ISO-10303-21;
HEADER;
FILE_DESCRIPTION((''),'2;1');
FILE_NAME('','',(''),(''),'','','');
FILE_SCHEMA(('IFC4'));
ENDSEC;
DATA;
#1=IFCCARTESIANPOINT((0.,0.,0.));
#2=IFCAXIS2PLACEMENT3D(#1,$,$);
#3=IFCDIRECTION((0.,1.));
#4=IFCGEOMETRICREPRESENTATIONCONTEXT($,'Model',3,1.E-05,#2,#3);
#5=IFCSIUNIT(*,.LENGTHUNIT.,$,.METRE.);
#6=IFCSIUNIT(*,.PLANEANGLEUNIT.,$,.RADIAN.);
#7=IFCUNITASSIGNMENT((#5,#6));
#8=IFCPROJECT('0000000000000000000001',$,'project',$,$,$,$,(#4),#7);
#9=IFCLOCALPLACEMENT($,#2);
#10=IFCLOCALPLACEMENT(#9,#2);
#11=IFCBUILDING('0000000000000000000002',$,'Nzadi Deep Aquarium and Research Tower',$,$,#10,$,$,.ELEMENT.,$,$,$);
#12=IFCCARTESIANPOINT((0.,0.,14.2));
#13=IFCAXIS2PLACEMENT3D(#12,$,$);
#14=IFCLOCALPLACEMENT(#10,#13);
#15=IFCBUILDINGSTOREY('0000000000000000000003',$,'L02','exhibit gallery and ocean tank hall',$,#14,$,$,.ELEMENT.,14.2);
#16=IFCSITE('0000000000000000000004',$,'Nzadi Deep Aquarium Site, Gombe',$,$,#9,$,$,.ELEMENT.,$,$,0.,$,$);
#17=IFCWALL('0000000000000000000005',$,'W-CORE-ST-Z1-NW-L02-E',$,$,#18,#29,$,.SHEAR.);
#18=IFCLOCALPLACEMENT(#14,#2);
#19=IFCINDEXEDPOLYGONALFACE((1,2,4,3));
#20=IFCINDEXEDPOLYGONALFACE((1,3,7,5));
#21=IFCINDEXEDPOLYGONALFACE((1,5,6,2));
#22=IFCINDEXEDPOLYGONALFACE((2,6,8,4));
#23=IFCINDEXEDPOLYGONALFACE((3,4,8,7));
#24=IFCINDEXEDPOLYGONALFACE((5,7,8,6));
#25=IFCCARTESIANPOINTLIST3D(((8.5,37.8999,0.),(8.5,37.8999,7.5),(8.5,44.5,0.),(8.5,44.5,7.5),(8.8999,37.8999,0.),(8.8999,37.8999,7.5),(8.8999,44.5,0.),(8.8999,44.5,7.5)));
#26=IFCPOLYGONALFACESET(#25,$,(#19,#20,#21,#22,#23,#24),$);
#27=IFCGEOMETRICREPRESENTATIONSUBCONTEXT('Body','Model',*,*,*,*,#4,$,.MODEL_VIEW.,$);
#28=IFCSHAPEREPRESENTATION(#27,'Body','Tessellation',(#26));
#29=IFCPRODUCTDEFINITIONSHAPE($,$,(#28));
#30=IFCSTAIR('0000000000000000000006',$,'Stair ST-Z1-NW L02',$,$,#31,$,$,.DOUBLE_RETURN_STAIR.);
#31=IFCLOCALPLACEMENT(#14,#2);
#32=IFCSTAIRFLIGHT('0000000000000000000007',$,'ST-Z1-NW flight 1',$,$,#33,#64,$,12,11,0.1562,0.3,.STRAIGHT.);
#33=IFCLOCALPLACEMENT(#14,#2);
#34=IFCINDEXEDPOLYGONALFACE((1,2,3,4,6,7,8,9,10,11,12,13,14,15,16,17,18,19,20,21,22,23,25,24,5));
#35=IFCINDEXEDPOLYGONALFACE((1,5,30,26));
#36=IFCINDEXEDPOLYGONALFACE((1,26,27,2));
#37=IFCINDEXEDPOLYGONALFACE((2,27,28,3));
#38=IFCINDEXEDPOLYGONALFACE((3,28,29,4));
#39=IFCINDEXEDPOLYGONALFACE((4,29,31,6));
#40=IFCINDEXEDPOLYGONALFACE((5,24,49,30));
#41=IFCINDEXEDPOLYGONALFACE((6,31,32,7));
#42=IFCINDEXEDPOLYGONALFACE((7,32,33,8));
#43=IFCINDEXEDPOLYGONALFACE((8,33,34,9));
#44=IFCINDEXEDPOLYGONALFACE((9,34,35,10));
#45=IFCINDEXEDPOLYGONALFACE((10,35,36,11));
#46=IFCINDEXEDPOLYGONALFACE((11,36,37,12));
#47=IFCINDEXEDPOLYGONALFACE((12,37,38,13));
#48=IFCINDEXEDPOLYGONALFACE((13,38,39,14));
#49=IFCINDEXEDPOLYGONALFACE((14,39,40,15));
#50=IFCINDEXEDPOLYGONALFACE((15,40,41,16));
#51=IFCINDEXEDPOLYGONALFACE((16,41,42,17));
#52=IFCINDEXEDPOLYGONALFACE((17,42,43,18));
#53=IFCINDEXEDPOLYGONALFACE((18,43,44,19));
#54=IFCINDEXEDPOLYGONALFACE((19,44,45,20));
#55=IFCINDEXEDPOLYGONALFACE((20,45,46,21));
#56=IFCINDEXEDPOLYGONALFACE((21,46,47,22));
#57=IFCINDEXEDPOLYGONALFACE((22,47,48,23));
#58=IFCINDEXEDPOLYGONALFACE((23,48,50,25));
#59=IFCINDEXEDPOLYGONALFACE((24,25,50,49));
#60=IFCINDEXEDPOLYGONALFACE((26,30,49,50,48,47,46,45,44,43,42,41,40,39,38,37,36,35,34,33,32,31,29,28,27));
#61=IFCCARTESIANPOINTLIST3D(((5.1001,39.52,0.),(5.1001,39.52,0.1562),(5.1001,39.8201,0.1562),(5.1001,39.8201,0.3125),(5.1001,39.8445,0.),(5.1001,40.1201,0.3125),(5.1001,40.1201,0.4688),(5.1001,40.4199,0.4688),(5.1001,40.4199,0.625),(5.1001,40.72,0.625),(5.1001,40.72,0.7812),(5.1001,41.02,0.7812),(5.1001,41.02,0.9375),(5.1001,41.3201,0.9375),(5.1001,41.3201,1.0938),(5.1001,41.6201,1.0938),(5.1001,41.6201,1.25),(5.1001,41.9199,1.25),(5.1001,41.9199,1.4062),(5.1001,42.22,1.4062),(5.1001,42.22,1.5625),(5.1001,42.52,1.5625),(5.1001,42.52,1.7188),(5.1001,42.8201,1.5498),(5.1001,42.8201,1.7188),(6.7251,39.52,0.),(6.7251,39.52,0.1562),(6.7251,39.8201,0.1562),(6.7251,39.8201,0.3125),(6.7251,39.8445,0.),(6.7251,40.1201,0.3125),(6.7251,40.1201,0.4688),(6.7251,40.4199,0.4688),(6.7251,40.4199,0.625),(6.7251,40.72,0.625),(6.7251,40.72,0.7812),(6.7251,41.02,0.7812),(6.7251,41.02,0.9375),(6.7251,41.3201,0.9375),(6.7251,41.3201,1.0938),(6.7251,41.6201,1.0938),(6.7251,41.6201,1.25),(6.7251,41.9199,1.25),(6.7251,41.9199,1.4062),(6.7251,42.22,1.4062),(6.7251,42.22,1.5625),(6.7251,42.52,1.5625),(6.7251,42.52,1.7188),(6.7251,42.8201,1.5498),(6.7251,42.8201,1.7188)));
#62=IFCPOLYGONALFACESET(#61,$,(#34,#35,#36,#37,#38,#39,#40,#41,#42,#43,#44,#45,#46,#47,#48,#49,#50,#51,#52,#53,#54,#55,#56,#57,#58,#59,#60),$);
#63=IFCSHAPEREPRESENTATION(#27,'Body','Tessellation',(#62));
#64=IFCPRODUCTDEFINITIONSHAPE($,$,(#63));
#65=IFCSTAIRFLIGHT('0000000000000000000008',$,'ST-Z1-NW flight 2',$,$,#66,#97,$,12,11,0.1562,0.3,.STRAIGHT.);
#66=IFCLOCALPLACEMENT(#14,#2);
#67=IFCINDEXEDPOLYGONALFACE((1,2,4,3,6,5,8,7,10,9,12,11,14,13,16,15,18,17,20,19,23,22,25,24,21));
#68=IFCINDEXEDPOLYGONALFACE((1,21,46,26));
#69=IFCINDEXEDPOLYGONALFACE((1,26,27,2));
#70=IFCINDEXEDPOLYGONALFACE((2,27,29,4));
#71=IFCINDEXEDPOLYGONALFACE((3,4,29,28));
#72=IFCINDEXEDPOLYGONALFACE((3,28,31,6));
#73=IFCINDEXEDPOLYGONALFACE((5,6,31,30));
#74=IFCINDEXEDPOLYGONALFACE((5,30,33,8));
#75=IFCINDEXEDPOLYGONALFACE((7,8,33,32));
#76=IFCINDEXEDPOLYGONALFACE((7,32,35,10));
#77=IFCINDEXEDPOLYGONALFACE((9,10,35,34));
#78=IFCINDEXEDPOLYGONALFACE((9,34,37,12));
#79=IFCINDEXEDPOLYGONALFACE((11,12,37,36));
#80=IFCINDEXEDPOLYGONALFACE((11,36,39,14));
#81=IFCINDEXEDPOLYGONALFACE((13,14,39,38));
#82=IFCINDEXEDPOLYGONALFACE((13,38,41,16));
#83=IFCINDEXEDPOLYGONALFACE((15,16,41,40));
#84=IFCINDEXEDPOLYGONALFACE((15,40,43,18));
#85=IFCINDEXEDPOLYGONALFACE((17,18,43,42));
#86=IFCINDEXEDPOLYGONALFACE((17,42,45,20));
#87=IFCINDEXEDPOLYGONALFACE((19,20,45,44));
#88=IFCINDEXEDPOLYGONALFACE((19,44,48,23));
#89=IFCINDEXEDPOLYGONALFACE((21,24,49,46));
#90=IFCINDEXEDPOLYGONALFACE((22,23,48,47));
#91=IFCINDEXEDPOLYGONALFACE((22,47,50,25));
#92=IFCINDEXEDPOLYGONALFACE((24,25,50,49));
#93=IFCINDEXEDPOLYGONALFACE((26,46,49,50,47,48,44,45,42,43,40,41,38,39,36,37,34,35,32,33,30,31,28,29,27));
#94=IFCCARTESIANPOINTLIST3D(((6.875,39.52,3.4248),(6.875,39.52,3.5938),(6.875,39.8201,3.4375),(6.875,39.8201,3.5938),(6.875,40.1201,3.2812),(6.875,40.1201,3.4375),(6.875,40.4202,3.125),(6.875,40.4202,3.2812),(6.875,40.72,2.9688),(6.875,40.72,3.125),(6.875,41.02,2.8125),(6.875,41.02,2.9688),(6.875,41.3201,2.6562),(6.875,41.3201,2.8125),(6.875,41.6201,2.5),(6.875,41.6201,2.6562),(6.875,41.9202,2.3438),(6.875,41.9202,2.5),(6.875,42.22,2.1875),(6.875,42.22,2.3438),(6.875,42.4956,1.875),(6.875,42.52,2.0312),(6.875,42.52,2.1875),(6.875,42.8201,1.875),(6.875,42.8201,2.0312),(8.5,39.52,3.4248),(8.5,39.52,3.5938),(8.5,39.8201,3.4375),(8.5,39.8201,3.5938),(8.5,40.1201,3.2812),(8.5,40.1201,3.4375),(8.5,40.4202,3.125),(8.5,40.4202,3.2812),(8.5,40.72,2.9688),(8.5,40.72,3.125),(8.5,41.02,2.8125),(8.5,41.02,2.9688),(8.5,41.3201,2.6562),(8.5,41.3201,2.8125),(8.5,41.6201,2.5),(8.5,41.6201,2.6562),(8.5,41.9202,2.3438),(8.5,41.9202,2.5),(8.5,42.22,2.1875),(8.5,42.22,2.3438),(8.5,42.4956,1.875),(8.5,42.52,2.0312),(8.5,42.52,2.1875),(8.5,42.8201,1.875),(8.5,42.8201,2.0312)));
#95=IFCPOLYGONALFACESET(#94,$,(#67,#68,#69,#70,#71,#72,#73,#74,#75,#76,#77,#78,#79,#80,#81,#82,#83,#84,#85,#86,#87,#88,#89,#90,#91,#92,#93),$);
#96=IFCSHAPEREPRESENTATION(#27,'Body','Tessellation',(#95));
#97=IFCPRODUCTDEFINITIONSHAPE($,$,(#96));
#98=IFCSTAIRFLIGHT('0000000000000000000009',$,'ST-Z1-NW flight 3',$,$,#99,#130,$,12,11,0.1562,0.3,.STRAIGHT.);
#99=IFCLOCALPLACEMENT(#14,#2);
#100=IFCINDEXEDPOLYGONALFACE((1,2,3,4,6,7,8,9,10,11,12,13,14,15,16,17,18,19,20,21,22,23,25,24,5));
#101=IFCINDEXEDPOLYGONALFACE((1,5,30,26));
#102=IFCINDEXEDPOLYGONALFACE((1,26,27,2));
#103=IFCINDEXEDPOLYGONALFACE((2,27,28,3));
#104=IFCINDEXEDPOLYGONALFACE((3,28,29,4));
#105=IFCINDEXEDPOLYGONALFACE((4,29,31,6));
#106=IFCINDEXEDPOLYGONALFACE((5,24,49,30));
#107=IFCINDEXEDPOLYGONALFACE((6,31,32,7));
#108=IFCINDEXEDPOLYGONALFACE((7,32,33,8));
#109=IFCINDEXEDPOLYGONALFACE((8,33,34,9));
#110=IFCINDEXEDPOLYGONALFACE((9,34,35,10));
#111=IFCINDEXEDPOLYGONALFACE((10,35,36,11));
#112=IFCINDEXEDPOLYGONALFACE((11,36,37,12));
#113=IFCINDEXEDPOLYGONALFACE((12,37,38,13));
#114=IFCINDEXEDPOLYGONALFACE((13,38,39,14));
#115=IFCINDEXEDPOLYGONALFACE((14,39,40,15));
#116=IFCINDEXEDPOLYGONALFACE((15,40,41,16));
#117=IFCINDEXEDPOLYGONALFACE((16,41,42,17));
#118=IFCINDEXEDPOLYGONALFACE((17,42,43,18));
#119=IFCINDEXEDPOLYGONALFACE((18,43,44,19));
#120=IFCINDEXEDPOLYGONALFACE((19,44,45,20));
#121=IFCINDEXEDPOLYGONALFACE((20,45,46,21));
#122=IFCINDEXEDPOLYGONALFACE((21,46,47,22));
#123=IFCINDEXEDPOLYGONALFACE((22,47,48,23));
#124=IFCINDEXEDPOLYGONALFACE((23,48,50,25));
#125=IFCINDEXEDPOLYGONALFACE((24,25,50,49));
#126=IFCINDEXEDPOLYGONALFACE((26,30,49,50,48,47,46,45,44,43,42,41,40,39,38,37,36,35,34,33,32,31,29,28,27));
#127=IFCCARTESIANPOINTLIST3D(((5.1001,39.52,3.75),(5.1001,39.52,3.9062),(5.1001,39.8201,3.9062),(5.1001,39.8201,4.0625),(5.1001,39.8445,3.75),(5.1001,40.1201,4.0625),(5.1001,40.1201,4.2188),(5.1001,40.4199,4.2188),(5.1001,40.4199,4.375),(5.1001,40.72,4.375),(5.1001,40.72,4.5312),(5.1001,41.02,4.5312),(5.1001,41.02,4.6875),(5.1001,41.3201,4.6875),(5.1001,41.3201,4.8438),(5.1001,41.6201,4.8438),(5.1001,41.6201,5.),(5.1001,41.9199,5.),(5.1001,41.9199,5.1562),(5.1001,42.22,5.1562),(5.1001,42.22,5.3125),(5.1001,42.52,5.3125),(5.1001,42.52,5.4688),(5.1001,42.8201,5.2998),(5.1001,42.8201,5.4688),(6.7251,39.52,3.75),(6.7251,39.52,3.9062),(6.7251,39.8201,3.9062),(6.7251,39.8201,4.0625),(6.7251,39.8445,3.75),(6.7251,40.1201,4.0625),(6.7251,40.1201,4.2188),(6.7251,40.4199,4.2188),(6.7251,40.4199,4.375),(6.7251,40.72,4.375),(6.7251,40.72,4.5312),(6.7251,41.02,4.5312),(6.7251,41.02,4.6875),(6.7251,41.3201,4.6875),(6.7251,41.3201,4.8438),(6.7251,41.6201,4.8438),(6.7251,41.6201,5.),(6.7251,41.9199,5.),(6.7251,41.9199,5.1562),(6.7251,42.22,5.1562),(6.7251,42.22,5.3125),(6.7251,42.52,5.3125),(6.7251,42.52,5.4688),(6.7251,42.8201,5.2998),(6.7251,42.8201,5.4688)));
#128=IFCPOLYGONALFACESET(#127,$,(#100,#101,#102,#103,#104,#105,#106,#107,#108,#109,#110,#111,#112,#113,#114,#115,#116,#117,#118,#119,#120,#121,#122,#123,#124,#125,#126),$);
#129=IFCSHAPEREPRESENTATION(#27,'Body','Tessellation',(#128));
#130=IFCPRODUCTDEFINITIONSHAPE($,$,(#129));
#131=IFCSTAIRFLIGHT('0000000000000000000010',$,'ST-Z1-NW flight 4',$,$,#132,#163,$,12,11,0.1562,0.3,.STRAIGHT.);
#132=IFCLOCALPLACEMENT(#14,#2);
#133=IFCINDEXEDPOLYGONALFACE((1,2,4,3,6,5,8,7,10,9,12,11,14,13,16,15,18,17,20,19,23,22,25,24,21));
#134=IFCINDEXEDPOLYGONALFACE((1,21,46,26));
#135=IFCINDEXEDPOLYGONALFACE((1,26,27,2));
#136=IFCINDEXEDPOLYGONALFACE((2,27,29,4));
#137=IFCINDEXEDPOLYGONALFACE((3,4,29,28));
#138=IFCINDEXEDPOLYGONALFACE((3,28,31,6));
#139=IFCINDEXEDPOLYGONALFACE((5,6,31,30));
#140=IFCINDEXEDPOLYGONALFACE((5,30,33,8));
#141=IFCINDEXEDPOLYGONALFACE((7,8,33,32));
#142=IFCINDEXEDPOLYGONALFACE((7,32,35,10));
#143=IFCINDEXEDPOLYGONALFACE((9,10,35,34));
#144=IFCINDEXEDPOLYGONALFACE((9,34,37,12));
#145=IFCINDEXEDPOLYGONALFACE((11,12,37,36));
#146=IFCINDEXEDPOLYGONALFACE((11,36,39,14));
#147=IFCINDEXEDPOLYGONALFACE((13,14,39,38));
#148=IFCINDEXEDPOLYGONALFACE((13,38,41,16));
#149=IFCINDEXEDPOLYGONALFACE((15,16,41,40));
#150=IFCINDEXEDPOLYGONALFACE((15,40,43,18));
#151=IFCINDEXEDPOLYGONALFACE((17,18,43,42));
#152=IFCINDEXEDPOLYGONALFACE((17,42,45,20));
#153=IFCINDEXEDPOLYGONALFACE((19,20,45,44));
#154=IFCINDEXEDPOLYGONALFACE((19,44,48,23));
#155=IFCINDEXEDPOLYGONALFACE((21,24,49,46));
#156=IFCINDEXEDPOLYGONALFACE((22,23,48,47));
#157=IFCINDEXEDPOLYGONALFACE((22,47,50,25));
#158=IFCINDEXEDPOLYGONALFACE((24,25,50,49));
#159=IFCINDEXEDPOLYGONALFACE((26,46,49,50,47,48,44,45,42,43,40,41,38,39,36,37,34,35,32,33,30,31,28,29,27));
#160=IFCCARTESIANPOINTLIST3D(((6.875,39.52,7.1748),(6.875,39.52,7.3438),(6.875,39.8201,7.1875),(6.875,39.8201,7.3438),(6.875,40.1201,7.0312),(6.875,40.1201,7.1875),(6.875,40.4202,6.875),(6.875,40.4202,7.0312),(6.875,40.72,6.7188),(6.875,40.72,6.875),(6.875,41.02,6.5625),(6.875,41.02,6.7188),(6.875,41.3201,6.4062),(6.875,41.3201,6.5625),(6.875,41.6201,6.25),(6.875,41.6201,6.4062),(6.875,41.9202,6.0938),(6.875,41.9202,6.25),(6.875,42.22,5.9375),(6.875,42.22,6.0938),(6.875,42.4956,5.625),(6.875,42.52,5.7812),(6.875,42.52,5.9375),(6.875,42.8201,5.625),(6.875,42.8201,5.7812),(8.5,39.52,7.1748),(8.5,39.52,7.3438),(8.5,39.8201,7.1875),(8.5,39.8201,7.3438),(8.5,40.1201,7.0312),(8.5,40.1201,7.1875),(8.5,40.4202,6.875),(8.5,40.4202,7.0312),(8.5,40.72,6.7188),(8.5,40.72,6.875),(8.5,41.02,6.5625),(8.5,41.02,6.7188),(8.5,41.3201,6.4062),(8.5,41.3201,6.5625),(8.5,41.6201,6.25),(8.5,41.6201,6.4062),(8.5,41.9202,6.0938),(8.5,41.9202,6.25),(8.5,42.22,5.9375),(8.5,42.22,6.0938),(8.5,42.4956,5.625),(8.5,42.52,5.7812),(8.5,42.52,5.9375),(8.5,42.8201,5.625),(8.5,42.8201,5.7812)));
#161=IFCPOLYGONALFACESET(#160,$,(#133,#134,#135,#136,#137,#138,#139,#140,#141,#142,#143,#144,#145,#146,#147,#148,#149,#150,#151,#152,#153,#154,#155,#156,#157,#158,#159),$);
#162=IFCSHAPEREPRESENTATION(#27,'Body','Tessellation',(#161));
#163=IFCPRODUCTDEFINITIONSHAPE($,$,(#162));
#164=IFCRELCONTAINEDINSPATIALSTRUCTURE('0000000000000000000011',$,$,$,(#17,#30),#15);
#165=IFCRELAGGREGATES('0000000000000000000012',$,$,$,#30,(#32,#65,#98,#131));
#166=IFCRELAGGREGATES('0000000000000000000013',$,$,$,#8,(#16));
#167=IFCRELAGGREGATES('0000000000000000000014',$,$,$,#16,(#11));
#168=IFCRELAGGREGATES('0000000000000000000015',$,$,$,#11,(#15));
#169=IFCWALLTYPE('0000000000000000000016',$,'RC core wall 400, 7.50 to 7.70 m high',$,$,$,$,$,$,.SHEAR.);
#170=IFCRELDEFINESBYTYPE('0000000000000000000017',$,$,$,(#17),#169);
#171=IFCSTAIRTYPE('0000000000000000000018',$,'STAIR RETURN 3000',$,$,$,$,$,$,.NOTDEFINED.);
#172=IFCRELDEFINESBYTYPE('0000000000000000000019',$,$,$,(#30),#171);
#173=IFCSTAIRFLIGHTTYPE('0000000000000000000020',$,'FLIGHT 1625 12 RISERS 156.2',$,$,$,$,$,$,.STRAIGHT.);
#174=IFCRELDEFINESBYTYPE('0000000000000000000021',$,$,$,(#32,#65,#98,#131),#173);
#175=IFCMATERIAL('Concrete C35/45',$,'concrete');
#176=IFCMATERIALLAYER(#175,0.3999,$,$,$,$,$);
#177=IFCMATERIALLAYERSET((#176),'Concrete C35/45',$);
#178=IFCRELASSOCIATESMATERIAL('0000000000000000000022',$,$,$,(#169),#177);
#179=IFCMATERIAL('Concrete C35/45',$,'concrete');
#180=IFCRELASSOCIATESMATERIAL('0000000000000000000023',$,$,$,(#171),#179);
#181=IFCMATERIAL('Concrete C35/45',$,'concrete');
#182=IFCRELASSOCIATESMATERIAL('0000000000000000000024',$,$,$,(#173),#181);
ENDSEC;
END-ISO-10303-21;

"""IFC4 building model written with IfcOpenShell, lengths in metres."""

from ifc_helpers import new_model, si_unit, direction, frame, frame_2d, origin, place, context, subcontext, project, spatial, polyline, rectangle, outline, extrude, material, layer, layer_set, type_object, element, aggregate, save


model = new_model("IFC4")

# Units and contexts
model_context = context("Model", 3, precision=1e-05, world=origin(), true_north=direction((0.0, 1.0)))
body_context = subcontext(model_context, "Body", "Model", "MODEL_VIEW")
ifc_project = project(units=[si_unit("LENGTHUNIT", "METRE"), si_unit("PLANEANGLEUNIT", "RADIAN")], contexts=[model_context])

# Site, building, storey
site_placement = place(None, origin())
site = spatial("IfcSite", under=ifc_project, at=site_placement, Name="Nzadi Deep Aquarium Site, Gombe", CompositionType="ELEMENT", RefElevation=0.0)
building_placement = place(site_placement, origin())
building = spatial("IfcBuilding", under=site, at=building_placement, Name="Nzadi Deep Aquarium and Research Tower", CompositionType="ELEMENT")
storey_placement = place(building_placement, frame((0.0, 0.0, 14.2)))
storey = spatial("IfcBuildingStorey", under=building, at=storey_placement, Name="L02", Description="exhibit gallery and ocean tank hall", CompositionType="ELEMENT", Elevation=14.2)

# Shared definitions
ifc_material_1 = material(Name="Concrete C35/45", Category="concrete")
ifc_layer_1 = layer(ifc_material_1, 0.3999)
ifc_layer_set_1 = layer_set([ifc_layer_1], Name="Concrete C35/45")
wall_type_1 = type_object("IfcWallType", Name="RC core wall 400, 7.50 to 7.70 m high", PredefinedType="SHEAR", material=ifc_layer_set_1)

# Wall
for number, where, z_axis, x_axis, name in (
    (1, (8.7, 37.8999, 0.0), (0.0, 0.0, 1.0), (0.0, 1.0, 0.0), "W-CORE-ST-Z1-NW-L02-E"),
):
    element("IfcWall", number, at=place(storey_placement, frame(where, z_axis=z_axis, x_axis=x_axis)), inside=storey, type_object=wall_type_1, Name=name, PredefinedType="SHEAR", context=body_context, shape_type="SweptSolid", body=[
        extrude(rectangle(XDim=6.6001, YDim=0.3999, at=frame_2d((3.3, 0.0))), origin(), (0.0, 0.0, 1.0), 7.5),
    ])

# Stair, stair flights
ifc_material_2 = material(Name="Concrete C35/45", Category="concrete")
stair_type = type_object("IfcStairType", Name="STAIR RETURN 3000", PredefinedType="NOTDEFINED", material=ifc_material_2)
stair_placement = place(storey_placement, origin())
stair = element("IfcStair", 2, at=stair_placement, inside=storey, type_object=stair_type, Name="Stair ST-Z1-NW L02", PredefinedType="DOUBLE_RETURN_STAIR")
ifc_material_3 = material(Name="Concrete C35/45", Category="concrete")
stair_flight_type = type_object("IfcStairFlightType", Name="FLIGHT 1625 12 RISERS 156.2", PredefinedType="STRAIGHT", material=ifc_material_3)
stair_flight_1_placement = place(storey_placement, frame((5.9126, 39.52, 0.0), z_axis=(0.0, 0.0, 1.0), x_axis=(0.0, 1.0, 0.0)))
stair_flight_1 = element("IfcStairFlight", 3, at=stair_flight_1_placement, type_object=stair_flight_type, Name="ST-Z1-NW flight 1", NumberOfRisers=12, NumberOfTreads=11, PredefinedType="STRAIGHT", RiserHeight=0.1562, TreadLength=0.3, context=body_context, shape_type="SweptSolid", body=[
    extrude(outline(polyline([(0.0, 0.0), (0.0, 0.1562), (0.3, 0.1562), (0.3, 0.3125), (0.6001, 0.3125), (0.6001, 0.4688), (0.8999, 0.4688), (0.8999, 0.625), (1.2, 0.625), (1.2, 0.7812), (1.5, 0.7812), (1.5, 0.9375), (1.8, 0.9375), (1.8, 1.0938), (2.1001, 1.0938), (2.1001, 1.25), (2.3999, 1.25), (2.3999, 1.4062), (2.7, 1.4062), (2.7, 1.5625), (3.0, 1.5625), (3.0, 1.7188), (3.3, 1.7188), (3.3, 1.875), (3.3, 1.5498), (0.3245, 0.0), (0.0, 0.0)])), frame((0.0, 0.8125, 0.0), z_axis=(0.0, -1.0, 0.0), x_axis=(1.0, 0.0, 0.0)), (0.0, 0.0, 1.0), 1.625),
])
stair_flight_2_placement = place(storey_placement, frame((7.6875, 42.8201, 1.875), z_axis=(0.0, 0.0, 1.0), x_axis=(0.0, -1.0, 0.0)))
stair_flight_2 = element("IfcStairFlight", 4, at=stair_flight_2_placement, type_object=stair_flight_type, Name="ST-Z1-NW flight 2", NumberOfRisers=12, NumberOfTreads=11, PredefinedType="STRAIGHT", RiserHeight=0.1562, TreadLength=0.3, context=body_context, shape_type="SweptSolid", body=[
    extrude(outline(polyline([(0.0, 0.0), (0.0, 0.1562), (0.3, 0.1562), (0.3, 0.3125), (0.6001, 0.3125), (0.6001, 0.4688), (0.8999, 0.4688), (0.8999, 0.625), (1.2, 0.625), (1.2, 0.7812), (1.5, 0.7812), (1.5, 0.9375), (1.8, 0.9375), (1.8, 1.0938), (2.1001, 1.0938), (2.1001, 1.25), (2.3999, 1.25), (2.3999, 1.4062), (2.7, 1.4062), (2.7, 1.5625), (3.0, 1.5625), (3.0, 1.7188), (3.3, 1.7188), (3.3, 1.875), (3.3, 1.5498), (0.3245, 0.0), (0.0, 0.0)])), frame((0.0, 0.8125, 0.0), z_axis=(0.0, -1.0, 0.0), x_axis=(1.0, 0.0, 0.0)), (0.0, 0.0, 1.0), 1.625),
])
stair_flight_3_placement = place(storey_placement, frame((5.9126, 39.52, 3.75), z_axis=(0.0, 0.0, 1.0), x_axis=(0.0, 1.0, 0.0)))
stair_flight_3 = element("IfcStairFlight", 5, at=stair_flight_3_placement, type_object=stair_flight_type, Name="ST-Z1-NW flight 3", NumberOfRisers=12, NumberOfTreads=11, PredefinedType="STRAIGHT", RiserHeight=0.1562, TreadLength=0.3, context=body_context, shape_type="SweptSolid", body=[
    extrude(outline(polyline([(0.0, 0.0), (0.0, 0.1562), (0.3, 0.1562), (0.3, 0.3125), (0.6001, 0.3125), (0.6001, 0.4688), (0.8999, 0.4688), (0.8999, 0.625), (1.2, 0.625), (1.2, 0.7812), (1.5, 0.7812), (1.5, 0.9375), (1.8, 0.9375), (1.8, 1.0938), (2.1001, 1.0938), (2.1001, 1.25), (2.3999, 1.25), (2.3999, 1.4062), (2.7, 1.4062), (2.7, 1.5625), (3.0, 1.5625), (3.0, 1.7188), (3.3, 1.7188), (3.3, 1.875), (3.3, 1.5498), (0.3245, 0.0), (0.0, 0.0)])), frame((0.0, 0.8125, 0.0), z_axis=(0.0, -1.0, 0.0), x_axis=(1.0, 0.0, 0.0)), (0.0, 0.0, 1.0), 1.625),
])
stair_flight_4_placement = place(storey_placement, frame((7.6875, 42.8201, 5.625), z_axis=(0.0, 0.0, 1.0), x_axis=(0.0, -1.0, 0.0)))
stair_flight_4 = element("IfcStairFlight", 6, at=stair_flight_4_placement, type_object=stair_flight_type, Name="ST-Z1-NW flight 4", NumberOfRisers=12, NumberOfTreads=11, PredefinedType="STRAIGHT", RiserHeight=0.1562, TreadLength=0.3, context=body_context, shape_type="SweptSolid", body=[
    extrude(outline(polyline([(0.0, 0.0), (0.0, 0.1562), (0.3, 0.1562), (0.3, 0.3125), (0.6001, 0.3125), (0.6001, 0.4688), (0.8999, 0.4688), (0.8999, 0.625), (1.2, 0.625), (1.2, 0.7812), (1.5, 0.7812), (1.5, 0.9375), (1.8, 0.9375), (1.8, 1.0938), (2.1001, 1.0938), (2.1001, 1.25), (2.3999, 1.25), (2.3999, 1.4062), (2.7, 1.4062), (2.7, 1.5625), (3.0, 1.5625), (3.0, 1.7188), (3.3, 1.7188), (3.3, 1.875), (3.3, 1.5498), (0.3245, 0.0), (0.0, 0.0)])), frame((0.0, 0.8125, 0.0), z_axis=(0.0, -1.0, 0.0), x_axis=(1.0, 0.0, 0.0)), (0.0, 0.0, 1.0), 1.625),
])
aggregate(stair, [stair_flight_1, stair_flight_2, stair_flight_3, stair_flight_4])

save(model, "model.ifc")
